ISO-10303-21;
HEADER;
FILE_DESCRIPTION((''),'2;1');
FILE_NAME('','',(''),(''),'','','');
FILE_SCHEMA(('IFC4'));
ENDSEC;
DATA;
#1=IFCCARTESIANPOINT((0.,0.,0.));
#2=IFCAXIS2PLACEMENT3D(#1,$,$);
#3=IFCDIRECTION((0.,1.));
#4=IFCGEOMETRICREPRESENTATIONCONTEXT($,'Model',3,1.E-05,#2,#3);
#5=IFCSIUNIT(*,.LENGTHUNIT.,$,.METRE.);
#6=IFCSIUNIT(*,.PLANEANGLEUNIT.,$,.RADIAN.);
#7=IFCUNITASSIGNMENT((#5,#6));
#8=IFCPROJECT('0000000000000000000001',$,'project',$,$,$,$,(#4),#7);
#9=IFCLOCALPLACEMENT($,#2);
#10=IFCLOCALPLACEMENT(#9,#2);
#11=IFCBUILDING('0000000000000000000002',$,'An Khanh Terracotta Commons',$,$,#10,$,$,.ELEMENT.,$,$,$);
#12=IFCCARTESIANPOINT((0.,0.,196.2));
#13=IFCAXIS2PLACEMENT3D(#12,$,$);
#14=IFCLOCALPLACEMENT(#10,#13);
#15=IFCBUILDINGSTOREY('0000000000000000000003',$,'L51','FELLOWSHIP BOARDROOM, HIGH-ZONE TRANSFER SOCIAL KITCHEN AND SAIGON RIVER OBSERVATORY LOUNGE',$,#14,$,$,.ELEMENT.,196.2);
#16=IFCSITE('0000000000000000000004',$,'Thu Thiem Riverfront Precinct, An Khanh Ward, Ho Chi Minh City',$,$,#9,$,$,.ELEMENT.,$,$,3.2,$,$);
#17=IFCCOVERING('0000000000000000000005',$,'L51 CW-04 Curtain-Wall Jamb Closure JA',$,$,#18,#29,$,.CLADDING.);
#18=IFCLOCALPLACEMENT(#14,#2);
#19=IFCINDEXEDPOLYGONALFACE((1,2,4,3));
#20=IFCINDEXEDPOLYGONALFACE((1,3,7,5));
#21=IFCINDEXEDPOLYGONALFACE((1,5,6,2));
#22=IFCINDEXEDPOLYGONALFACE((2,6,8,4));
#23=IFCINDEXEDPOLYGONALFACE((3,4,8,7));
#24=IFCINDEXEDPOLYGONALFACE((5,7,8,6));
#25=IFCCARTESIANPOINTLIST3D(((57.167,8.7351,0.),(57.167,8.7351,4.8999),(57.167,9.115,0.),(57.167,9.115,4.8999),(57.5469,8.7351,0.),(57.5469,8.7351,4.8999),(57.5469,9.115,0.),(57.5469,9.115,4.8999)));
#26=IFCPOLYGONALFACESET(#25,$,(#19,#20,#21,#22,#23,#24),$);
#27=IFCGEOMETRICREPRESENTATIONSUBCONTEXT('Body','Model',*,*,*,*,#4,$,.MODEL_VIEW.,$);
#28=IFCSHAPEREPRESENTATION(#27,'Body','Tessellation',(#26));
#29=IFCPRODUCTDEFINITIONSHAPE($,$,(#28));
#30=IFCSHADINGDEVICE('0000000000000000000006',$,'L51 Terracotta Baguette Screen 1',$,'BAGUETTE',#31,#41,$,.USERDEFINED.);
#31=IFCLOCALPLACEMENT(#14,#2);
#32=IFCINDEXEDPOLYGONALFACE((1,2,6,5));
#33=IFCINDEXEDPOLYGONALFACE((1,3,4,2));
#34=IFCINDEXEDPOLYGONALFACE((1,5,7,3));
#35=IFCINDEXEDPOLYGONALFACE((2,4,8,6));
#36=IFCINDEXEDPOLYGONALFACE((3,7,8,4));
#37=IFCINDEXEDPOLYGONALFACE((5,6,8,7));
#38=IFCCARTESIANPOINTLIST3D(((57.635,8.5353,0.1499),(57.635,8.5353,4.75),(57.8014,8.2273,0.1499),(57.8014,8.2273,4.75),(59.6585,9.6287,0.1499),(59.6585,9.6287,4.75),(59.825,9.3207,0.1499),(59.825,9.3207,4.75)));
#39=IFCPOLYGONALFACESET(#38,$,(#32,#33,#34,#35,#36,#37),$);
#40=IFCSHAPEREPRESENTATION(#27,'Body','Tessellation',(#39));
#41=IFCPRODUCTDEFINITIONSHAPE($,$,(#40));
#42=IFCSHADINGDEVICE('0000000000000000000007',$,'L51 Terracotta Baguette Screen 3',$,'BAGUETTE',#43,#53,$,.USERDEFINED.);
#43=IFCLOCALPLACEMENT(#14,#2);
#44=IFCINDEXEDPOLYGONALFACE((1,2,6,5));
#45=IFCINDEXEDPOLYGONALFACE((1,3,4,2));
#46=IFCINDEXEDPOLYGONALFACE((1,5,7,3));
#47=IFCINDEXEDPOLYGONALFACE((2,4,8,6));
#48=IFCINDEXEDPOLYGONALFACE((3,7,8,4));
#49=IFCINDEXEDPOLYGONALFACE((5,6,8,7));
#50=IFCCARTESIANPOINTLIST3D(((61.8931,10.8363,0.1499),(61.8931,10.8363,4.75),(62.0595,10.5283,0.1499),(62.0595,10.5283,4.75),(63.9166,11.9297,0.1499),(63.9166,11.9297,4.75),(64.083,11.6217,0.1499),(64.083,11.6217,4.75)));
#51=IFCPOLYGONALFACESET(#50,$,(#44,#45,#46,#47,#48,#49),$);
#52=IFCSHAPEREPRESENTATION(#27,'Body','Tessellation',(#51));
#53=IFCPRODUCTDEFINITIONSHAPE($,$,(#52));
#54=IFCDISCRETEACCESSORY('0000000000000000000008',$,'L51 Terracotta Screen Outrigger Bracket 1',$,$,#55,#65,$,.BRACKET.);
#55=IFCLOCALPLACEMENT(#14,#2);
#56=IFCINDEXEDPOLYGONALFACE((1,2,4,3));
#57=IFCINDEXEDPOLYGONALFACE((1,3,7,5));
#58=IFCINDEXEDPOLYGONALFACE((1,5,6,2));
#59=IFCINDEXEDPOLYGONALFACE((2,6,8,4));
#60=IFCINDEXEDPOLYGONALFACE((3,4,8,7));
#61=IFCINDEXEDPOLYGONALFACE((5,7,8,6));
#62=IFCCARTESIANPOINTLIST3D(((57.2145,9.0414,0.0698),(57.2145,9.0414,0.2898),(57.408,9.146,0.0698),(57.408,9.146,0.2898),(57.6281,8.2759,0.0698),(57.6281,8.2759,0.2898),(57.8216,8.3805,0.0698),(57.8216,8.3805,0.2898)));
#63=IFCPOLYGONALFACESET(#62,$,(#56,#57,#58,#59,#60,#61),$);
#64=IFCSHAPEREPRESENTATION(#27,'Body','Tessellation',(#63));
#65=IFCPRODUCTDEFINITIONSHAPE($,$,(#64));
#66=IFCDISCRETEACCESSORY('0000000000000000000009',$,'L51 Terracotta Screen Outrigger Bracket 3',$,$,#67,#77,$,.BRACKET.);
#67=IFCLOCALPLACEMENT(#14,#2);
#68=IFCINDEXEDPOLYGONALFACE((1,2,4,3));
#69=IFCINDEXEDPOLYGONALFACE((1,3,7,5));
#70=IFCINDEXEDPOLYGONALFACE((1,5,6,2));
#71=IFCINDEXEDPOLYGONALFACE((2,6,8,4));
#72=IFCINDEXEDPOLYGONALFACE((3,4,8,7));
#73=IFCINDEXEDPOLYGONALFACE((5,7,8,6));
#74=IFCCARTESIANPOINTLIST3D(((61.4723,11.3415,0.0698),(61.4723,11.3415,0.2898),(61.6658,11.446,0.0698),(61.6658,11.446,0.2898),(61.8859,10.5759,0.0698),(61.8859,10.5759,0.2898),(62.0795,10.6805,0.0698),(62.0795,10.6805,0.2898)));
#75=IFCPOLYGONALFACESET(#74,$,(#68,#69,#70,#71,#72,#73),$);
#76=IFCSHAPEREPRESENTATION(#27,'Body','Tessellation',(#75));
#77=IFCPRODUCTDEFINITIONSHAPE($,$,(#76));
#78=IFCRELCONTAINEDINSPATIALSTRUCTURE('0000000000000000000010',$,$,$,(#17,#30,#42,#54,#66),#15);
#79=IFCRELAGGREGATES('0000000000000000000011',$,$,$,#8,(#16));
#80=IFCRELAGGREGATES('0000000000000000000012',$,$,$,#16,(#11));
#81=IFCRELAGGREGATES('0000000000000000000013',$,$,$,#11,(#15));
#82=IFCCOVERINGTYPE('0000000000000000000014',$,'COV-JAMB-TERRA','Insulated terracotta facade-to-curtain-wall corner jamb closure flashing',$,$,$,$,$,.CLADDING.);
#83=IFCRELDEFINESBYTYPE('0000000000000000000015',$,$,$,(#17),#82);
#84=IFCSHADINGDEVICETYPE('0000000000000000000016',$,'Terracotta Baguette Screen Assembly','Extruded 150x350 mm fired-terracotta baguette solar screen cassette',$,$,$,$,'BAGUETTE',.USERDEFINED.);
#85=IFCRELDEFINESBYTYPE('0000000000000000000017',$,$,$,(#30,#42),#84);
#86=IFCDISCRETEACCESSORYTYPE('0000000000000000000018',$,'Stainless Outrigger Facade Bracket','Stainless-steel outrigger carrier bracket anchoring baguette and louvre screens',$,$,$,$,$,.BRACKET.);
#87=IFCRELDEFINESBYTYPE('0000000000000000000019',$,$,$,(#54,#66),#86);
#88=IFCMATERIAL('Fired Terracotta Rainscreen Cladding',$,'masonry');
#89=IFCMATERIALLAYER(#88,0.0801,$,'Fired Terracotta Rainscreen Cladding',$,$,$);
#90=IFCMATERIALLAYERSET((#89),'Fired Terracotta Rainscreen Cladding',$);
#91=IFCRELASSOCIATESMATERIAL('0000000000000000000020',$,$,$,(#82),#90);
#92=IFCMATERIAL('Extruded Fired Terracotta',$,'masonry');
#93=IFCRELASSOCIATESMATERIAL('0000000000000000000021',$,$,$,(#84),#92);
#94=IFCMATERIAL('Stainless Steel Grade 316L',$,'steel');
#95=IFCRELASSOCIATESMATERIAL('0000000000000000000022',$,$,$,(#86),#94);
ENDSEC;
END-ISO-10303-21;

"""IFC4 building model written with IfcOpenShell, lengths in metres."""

from ifc_helpers import new_model, si_unit, direction, frame, origin, origin_2d, place, context, subcontext, project, spatial, rectangle, extrude, material, layer, layer_set, type_object, element, save


model = new_model("IFC4")

# Units and contexts
model_context = context("Model", 3, precision=1e-05, world=origin(), true_north=direction((0.0, 1.0)))
body_context = subcontext(model_context, "Body", "Model", "MODEL_VIEW")
ifc_project = project(units=[si_unit("LENGTHUNIT", "METRE"), si_unit("PLANEANGLEUNIT", "RADIAN")], contexts=[model_context])

# Site, building, storey
site_placement = place(None, origin())
site = spatial("IfcSite", under=ifc_project, at=site_placement, Name="Thu Thiem Riverfront Precinct, An Khanh Ward, Ho Chi Minh City", CompositionType="ELEMENT", RefElevation=3.2)
building_placement = place(site_placement, origin())
building = spatial("IfcBuilding", under=site, at=building_placement, Name="An Khanh Terracotta Commons", CompositionType="ELEMENT")
storey_placement = place(building_placement, frame((0.0, 0.0, 196.2)))
storey = spatial("IfcBuildingStorey", under=building, at=storey_placement, Name="L51", Description="FELLOWSHIP BOARDROOM, HIGH-ZONE TRANSFER SOCIAL KITCHEN AND SAIGON RIVER OBSERVATORY LOUNGE", CompositionType="ELEMENT", Elevation=196.2)

# Covering
ifc_material_1 = material(Name="Fired Terracotta Rainscreen Cladding", Category="masonry")
ifc_layer_1 = layer(ifc_material_1, 0.0801, Name="Fired Terracotta Rainscreen Cladding")
ifc_layer_set_1 = layer_set([ifc_layer_1], Name="Fired Terracotta Rainscreen Cladding")
covering_type = type_object("IfcCoveringType", Name="COV-JAMB-TERRA", Description="Insulated terracotta facade-to-curtain-wall corner jamb closure flashing", PredefinedType="CLADDING", material=ifc_layer_set_1)
covering_placement = place(storey_placement, frame((57.3569, 8.925, 0.0), z_axis=(0.0, 0.0, 1.0), x_axis=(1.0, 0.0, 0.0)))
element("IfcCovering", 1, at=covering_placement, inside=storey, type_object=covering_type, Name="L51 CW-04 Curtain-Wall Jamb Closure JA", PredefinedType="CLADDING", context=body_context, shape_type="SweptSolid", body=[
    extrude(rectangle(XDim=0.3799, YDim=0.3799, at=origin_2d()), origin(), (0.0, 0.0, 1.0), 4.8999),
])

# Shading devices
ifc_material_2 = material(Name="Extruded Fired Terracotta", Category="masonry")
shading_device_type = type_object("IfcShadingDeviceType", Name="Terracotta Baguette Screen Assembly", Description="Extruded 150x350 mm fired-terracotta baguette solar screen cassette", ElementType="BAGUETTE", PredefinedType="USERDEFINED", material=ifc_material_2)
for number, where, z_axis, x_axis, name in (
    (2, (58.73, 8.928, 0.1499), (0.0, 0.0, 1.0), (0.87978, 0.475381, 0.0), "L51 Terracotta Baguette Screen 1"),
    (3, (62.988, 11.229, 0.1499), (0.0, 0.0, 1.0), (0.87978, 0.475381, 0.0), "L51 Terracotta Baguette Screen 3"),
):
    element("IfcShadingDevice", number, at=place(storey_placement, frame(where, z_axis=z_axis, x_axis=x_axis)), inside=storey, type_object=shading_device_type, Name=name, ObjectType="BAGUETTE", PredefinedType="USERDEFINED", context=body_context, shape_type="SweptSolid", body=[
        extrude(rectangle(XDim=2.3, YDim=0.3501, at=origin_2d()), origin(), (0.0, 0.0, 1.0), 4.6001),
    ])

# Discrete accessories
ifc_material_3 = material(Name="Stainless Steel Grade 316L", Category="steel")
discrete_accessory_type = type_object("IfcDiscreteAccessoryType", Name="Stainless Outrigger Facade Bracket", Description="Stainless-steel outrigger carrier bracket anchoring baguette and louvre screens", PredefinedType="BRACKET", material=ifc_material_3)
for number, where, z_axis, x_axis, name in (
    (4, (57.5181, 8.7109, 0.0698), (0.0, 0.0, 1.0), (0.87978, 0.475381, 0.0), "L51 Terracotta Screen Outrigger Bracket 1"),
    (5, (61.7759, 11.011, 0.0698), (0.0, 0.0, 1.0), (0.87978, 0.475381, 0.0), "L51 Terracotta Screen Outrigger Bracket 3"),
):
    element("IfcDiscreteAccessory", number, at=place(storey_placement, frame(where, z_axis=z_axis, x_axis=x_axis)), inside=storey, type_object=discrete_accessory_type, Name=name, PredefinedType="BRACKET", context=body_context, shape_type="SweptSolid", body=[
        extrude(rectangle(XDim=0.22, YDim=0.8701, at=origin_2d()), origin(), (0.0, 0.0, 1.0), 0.22),
    ])

save(model, "model.ifc")
